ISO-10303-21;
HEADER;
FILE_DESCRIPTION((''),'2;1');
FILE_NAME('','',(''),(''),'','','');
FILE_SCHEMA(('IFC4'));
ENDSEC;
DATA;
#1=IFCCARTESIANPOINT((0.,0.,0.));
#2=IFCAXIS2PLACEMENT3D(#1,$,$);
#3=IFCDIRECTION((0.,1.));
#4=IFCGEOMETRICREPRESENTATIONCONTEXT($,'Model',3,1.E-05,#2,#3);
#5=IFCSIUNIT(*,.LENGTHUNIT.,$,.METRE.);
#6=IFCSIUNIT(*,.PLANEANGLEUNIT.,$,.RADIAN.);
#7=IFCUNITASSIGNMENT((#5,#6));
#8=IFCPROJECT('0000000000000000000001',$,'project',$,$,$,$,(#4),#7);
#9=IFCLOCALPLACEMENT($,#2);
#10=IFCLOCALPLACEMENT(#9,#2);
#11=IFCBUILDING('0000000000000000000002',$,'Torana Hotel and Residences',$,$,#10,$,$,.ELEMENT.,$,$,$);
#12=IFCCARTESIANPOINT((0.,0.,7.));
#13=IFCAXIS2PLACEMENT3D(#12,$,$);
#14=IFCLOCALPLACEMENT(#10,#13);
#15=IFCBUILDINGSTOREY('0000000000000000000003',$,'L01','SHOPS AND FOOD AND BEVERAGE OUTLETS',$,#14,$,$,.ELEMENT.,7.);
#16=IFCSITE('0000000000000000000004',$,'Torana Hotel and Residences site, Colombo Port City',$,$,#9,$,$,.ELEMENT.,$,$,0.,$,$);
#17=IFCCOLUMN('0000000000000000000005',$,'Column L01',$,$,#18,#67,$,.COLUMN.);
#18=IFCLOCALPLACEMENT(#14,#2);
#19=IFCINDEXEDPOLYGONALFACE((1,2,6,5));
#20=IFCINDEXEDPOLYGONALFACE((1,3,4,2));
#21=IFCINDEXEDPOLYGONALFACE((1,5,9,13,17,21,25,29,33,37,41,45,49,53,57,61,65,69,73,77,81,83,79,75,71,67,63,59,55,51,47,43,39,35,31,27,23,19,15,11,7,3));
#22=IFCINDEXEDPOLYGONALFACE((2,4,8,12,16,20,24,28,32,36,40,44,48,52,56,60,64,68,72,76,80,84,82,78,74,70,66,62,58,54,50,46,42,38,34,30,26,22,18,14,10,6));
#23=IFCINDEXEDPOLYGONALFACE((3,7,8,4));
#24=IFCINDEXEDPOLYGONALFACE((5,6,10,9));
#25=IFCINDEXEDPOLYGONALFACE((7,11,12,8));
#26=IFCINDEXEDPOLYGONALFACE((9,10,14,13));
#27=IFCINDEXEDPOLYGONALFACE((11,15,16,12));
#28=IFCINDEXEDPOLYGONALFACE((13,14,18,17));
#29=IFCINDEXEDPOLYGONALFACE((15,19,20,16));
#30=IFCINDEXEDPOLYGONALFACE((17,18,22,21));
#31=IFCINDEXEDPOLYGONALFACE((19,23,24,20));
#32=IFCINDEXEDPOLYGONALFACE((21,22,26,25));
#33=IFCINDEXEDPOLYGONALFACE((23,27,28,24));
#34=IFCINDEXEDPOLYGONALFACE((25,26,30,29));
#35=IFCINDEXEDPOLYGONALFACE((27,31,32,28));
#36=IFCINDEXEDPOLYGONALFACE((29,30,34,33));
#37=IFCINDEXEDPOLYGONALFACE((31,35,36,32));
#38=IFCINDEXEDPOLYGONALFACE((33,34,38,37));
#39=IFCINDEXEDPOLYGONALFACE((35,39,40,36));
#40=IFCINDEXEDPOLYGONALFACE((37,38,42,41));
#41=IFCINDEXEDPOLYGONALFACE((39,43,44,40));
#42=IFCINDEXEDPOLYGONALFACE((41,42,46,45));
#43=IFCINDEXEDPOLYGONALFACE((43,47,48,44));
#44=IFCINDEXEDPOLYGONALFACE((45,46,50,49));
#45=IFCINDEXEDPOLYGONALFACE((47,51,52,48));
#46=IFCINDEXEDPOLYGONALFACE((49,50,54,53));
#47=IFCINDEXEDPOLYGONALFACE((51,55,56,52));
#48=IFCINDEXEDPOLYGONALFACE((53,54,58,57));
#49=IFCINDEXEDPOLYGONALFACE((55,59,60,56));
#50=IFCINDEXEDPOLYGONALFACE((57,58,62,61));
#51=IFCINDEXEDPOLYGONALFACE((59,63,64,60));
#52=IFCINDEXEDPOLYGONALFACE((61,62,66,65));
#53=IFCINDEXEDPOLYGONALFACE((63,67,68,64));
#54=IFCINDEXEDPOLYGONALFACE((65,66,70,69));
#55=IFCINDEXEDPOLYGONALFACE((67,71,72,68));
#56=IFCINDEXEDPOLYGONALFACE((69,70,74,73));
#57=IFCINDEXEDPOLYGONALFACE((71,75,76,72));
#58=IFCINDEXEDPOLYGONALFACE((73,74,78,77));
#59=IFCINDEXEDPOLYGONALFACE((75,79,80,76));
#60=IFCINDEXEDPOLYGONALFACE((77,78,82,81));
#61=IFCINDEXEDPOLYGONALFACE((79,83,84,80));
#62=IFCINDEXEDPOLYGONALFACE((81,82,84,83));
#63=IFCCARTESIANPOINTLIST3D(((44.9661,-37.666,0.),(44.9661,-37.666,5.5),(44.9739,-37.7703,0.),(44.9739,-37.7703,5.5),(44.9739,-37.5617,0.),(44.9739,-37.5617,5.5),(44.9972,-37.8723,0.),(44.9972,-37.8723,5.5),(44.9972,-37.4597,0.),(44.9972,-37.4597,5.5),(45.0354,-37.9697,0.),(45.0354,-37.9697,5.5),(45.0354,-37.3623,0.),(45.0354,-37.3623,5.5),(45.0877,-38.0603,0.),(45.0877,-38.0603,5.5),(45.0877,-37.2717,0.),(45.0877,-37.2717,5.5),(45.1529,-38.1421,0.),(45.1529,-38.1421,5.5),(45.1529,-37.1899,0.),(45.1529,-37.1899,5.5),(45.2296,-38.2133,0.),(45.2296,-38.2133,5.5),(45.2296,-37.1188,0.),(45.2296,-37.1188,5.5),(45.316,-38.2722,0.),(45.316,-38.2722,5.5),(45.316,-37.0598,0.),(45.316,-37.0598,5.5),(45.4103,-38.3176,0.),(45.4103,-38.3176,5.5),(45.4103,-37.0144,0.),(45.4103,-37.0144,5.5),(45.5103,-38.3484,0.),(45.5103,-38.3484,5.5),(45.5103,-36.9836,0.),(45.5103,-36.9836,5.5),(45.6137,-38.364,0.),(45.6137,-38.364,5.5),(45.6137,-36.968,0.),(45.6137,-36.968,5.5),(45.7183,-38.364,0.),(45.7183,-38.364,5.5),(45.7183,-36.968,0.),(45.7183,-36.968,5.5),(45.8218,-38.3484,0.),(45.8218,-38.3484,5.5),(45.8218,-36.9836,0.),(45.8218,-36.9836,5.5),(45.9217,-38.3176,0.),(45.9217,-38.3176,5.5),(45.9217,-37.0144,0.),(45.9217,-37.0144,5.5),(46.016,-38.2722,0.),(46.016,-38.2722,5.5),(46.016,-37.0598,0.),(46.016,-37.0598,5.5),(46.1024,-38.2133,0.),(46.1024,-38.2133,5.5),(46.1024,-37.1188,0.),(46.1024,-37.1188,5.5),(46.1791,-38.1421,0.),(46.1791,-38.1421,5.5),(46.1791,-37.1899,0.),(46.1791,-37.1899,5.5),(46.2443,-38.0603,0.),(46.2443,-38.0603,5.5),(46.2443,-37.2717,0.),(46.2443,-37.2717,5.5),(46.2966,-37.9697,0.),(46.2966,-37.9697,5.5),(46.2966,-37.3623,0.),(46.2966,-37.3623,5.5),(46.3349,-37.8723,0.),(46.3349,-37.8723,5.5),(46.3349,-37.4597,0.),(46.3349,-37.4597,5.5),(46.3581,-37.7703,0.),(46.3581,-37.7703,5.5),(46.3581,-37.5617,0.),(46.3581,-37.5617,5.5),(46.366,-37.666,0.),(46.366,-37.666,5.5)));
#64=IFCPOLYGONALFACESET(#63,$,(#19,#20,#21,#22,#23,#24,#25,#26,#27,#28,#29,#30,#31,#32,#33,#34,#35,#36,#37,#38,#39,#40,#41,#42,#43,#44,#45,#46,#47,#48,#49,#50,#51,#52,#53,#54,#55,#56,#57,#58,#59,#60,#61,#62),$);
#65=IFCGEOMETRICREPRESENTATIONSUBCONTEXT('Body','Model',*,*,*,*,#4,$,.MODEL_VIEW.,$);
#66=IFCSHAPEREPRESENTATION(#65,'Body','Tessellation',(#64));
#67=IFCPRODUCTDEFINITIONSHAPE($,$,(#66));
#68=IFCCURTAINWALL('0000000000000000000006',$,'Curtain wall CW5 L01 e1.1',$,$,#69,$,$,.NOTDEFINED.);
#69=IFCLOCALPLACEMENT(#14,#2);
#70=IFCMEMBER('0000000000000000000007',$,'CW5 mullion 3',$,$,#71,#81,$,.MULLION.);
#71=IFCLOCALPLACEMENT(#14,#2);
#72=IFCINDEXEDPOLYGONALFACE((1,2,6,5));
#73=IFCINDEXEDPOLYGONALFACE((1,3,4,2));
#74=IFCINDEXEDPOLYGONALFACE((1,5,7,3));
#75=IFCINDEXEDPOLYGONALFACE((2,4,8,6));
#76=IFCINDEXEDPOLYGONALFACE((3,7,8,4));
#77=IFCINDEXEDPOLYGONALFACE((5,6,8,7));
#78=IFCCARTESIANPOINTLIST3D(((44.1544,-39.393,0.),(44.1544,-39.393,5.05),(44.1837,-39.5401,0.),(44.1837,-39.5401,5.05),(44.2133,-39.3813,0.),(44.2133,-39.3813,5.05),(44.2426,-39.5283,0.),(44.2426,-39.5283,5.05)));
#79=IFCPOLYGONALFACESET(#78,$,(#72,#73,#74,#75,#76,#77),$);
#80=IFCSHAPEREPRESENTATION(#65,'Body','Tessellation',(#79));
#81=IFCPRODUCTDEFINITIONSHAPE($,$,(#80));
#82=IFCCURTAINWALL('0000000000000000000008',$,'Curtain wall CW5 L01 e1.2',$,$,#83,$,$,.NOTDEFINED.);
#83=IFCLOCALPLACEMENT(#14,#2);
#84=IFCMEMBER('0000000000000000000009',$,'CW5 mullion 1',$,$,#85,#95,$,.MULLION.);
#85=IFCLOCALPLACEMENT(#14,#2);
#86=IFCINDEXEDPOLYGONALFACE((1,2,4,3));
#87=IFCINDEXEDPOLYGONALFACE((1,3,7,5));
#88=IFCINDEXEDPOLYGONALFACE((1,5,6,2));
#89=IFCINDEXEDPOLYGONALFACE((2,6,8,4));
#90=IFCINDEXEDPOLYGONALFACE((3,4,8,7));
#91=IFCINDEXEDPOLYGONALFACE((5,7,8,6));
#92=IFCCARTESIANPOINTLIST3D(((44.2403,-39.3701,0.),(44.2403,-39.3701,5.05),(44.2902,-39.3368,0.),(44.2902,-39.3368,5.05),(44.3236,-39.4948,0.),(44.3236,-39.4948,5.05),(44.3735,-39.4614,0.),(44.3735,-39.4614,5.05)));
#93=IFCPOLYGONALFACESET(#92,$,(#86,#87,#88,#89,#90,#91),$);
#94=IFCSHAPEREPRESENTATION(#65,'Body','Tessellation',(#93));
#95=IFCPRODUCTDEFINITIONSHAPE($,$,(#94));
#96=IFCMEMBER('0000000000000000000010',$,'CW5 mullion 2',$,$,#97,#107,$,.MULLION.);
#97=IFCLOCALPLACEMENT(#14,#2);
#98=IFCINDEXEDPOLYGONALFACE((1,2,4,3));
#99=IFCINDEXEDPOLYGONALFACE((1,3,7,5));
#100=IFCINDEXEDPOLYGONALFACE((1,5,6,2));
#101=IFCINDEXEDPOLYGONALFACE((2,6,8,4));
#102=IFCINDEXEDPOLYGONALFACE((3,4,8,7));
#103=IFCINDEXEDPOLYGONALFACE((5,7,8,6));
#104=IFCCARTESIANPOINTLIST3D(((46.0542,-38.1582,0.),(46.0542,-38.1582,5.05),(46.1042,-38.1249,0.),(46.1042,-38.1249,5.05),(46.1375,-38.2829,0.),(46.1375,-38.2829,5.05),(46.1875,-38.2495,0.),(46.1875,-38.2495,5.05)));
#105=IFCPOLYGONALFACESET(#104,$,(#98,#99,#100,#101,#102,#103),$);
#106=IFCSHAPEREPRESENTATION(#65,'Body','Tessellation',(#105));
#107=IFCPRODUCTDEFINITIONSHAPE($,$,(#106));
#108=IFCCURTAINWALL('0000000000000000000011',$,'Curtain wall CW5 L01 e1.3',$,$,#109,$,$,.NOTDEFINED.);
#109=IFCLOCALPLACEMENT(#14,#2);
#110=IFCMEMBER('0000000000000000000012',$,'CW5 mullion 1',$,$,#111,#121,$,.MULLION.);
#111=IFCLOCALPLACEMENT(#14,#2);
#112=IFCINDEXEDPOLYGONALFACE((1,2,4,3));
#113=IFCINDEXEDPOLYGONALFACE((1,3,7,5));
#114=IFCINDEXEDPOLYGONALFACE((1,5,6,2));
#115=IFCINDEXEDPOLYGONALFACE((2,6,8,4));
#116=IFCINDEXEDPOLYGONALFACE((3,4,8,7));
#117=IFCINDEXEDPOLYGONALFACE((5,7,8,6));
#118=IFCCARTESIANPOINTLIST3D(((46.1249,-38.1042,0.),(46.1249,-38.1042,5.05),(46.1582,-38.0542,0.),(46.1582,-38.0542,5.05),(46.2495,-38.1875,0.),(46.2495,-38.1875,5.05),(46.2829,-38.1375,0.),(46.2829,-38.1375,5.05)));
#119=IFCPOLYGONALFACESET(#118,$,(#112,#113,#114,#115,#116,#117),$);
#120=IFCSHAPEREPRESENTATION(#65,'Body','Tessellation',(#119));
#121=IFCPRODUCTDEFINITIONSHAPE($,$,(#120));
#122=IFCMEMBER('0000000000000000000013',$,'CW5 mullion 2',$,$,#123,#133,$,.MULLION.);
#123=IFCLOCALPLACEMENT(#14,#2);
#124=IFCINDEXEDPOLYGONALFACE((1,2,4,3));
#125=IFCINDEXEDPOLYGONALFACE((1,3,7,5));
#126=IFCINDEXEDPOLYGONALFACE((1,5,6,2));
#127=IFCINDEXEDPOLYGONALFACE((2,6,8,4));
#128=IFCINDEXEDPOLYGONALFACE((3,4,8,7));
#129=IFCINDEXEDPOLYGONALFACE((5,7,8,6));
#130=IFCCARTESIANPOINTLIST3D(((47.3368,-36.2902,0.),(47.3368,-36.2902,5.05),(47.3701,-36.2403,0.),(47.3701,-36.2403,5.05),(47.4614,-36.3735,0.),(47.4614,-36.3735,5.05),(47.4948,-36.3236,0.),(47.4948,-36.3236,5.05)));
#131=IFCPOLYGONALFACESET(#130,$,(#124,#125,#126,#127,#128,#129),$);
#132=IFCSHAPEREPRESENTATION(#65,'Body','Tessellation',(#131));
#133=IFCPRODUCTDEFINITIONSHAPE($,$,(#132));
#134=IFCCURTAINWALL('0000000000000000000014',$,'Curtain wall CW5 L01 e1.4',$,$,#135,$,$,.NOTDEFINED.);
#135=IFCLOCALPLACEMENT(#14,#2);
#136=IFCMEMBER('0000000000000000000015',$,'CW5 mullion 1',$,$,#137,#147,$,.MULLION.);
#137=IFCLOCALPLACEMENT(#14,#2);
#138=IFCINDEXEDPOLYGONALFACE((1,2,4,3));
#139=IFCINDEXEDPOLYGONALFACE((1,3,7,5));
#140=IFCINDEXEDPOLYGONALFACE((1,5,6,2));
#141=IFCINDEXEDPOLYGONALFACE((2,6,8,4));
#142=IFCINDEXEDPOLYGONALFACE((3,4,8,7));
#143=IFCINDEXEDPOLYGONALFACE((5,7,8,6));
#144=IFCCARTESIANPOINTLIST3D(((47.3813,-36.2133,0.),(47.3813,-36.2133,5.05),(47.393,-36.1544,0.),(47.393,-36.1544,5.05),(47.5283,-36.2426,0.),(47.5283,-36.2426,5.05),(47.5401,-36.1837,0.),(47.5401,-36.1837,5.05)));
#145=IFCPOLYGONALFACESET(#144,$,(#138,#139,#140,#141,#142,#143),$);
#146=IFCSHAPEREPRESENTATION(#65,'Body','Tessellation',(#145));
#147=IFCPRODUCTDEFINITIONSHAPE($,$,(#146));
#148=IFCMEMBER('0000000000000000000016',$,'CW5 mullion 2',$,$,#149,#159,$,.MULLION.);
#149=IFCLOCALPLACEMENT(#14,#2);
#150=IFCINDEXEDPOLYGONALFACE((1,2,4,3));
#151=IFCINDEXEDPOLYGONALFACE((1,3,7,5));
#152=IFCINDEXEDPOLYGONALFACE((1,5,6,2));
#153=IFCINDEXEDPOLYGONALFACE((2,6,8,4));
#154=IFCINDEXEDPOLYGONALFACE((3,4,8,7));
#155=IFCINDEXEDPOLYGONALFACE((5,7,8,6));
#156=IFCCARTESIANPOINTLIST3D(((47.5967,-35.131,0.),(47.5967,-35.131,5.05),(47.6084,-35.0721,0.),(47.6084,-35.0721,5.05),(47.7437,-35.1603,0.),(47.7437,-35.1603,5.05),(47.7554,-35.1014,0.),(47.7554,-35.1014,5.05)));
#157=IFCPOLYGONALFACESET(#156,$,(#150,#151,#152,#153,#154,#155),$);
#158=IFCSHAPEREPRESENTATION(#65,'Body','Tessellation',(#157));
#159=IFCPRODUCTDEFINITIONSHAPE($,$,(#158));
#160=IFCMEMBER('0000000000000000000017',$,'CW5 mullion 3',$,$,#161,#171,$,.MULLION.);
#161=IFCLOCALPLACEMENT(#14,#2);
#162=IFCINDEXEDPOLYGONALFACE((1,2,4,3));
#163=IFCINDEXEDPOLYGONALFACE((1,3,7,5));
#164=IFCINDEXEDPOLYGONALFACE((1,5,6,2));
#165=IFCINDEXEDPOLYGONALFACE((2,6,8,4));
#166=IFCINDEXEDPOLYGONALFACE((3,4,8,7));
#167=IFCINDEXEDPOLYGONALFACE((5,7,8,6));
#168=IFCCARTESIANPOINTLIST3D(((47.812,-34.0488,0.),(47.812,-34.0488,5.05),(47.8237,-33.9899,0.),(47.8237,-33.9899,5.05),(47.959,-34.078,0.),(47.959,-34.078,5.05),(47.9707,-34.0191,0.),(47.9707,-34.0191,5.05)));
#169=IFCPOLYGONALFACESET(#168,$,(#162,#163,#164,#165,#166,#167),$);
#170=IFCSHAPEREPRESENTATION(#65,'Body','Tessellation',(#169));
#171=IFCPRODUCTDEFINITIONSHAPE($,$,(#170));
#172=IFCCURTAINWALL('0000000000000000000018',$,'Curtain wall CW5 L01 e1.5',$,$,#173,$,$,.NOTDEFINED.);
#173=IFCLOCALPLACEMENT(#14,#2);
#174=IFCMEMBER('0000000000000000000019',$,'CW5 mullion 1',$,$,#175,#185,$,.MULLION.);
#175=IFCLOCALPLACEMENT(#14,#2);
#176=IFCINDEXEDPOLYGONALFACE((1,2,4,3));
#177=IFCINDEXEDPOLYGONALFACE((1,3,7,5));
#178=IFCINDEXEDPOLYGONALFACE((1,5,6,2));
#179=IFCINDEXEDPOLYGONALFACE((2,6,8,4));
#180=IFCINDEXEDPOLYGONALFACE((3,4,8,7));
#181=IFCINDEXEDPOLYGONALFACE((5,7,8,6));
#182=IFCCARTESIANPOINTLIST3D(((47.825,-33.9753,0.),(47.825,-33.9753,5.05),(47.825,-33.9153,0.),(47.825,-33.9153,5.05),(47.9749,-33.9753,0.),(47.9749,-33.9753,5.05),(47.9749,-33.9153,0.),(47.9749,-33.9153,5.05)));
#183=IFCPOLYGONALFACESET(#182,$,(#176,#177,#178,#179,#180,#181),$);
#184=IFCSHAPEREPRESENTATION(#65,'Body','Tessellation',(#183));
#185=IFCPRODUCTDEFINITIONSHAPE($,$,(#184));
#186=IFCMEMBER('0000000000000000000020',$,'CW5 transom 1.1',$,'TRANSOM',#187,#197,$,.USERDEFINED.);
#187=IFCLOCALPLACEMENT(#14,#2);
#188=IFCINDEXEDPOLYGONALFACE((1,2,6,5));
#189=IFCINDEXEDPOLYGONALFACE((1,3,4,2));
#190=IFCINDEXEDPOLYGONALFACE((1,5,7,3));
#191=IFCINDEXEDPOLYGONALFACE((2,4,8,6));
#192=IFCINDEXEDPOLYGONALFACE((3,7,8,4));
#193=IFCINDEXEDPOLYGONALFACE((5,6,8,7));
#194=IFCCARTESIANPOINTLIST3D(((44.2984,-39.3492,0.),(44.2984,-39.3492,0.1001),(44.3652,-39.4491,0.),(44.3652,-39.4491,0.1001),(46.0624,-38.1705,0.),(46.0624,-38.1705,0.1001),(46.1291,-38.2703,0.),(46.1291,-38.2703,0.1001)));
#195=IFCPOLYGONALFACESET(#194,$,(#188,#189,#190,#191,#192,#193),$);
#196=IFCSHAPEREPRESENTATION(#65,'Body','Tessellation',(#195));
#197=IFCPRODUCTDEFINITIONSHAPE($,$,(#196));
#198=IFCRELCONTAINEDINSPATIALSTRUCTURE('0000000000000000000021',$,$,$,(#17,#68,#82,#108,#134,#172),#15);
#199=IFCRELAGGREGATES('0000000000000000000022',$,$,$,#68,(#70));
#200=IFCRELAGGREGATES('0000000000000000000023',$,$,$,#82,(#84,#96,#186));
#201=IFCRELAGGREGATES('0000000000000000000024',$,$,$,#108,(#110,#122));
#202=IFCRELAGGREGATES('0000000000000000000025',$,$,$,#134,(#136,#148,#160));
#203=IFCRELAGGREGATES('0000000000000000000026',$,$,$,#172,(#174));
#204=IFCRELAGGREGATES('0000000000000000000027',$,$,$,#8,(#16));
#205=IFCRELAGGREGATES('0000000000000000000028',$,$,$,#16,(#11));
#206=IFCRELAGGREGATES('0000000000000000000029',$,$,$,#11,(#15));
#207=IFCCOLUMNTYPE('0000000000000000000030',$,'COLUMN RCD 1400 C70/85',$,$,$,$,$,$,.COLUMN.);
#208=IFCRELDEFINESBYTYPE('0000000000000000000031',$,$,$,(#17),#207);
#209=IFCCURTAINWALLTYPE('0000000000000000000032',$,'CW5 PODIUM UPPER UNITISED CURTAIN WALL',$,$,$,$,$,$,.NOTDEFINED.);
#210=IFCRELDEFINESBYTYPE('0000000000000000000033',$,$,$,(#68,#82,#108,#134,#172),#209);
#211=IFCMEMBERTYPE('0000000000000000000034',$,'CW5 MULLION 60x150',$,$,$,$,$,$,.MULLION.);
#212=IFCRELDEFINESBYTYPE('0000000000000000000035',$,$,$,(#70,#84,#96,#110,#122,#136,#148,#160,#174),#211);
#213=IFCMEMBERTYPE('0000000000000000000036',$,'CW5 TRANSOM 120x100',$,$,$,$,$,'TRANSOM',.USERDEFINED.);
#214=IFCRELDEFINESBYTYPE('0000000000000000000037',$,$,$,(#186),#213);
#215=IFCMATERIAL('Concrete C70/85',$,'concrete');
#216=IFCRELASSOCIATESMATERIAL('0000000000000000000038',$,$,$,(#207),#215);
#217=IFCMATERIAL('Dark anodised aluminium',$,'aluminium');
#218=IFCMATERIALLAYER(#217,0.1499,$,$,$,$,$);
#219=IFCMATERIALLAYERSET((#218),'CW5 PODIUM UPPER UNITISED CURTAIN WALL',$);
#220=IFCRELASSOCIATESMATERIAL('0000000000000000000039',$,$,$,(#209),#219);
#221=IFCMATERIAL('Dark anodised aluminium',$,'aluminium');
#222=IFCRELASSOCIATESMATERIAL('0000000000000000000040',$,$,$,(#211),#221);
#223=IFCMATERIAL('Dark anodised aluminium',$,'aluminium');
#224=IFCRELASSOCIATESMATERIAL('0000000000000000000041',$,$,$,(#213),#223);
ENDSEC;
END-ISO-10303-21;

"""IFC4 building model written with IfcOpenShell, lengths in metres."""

from ifc_helpers import new_model, si_unit, direction, frame, origin, origin_2d, place, context, subcontext, project, spatial, rectangle, circle, extrude, material, layer, layer_set, material_profile, profile_set, type_object, element, aggregate, save


model = new_model("IFC4")

# Units and contexts
model_context = context("Model", 3, precision=1e-05, world=origin(), true_north=direction((0.0, 1.0)))
body_context = subcontext(model_context, "Body", "Model", "MODEL_VIEW")
ifc_project = project(units=[si_unit("LENGTHUNIT", "METRE"), si_unit("PLANEANGLEUNIT", "RADIAN")], contexts=[model_context])

# Site, building, storey
site_placement = place(None, origin())
site = spatial("IfcSite", under=ifc_project, at=site_placement, Name="Torana Hotel and Residences site, Colombo Port City", CompositionType="ELEMENT", RefElevation=0.0)
building_placement = place(site_placement, origin())
building = spatial("IfcBuilding", under=site, at=building_placement, Name="Torana Hotel and Residences", CompositionType="ELEMENT")
storey_placement = place(building_placement, frame((0.0, 0.0, 7.0)))
storey = spatial("IfcBuildingStorey", under=building, at=storey_placement, Name="L01", Description="SHOPS AND FOOD AND BEVERAGE OUTLETS", CompositionType="ELEMENT", Elevation=7.0)

# Column
ifc_material_1 = material(Name="Concrete C70/85", Category="concrete")
ifc_material_profile_1 = material_profile(ifc_material_1, circle(Radius=0.7, at=origin_2d()), Name="RCD 1400")
ifc_profile_set_1 = profile_set([ifc_material_profile_1], Name="Concrete C70/85")
column_type = type_object("IfcColumnType", Name="COLUMN RCD 1400 C70/85", PredefinedType="COLUMN", material=ifc_profile_set_1)
column_placement = place(storey_placement, frame((45.666, -37.666, 0.0), z_axis=(0.0, 0.0, 1.0), x_axis=(1.0, 0.0, 0.0)))
element("IfcColumn", 1, at=column_placement, inside=storey, type_object=column_type, Name="Column L01", PredefinedType="COLUMN", context=body_context, shape_type="SweptSolid", body=[
    extrude(circle(Radius=0.7, at=origin_2d()), origin(), (0.0, 0.0, 1.0), 5.5),
])

# Curtain wall, member
ifc_material_2 = material(Name="Dark anodised aluminium", Category="aluminium")
ifc_layer_1 = layer(ifc_material_2, 0.1499)
ifc_layer_set_1 = layer_set([ifc_layer_1], Name="CW5 PODIUM UPPER UNITISED CURTAIN WALL")
curtain_wall_type = type_object("IfcCurtainWallType", Name="CW5 PODIUM UPPER UNITISED CURTAIN WALL", PredefinedType="NOTDEFINED", material=ifc_layer_set_1)
curtain_wall_1_placement = place(storey_placement, origin())
curtain_wall_1 = element("IfcCurtainWall", 2, at=curtain_wall_1_placement, inside=storey, type_object=curtain_wall_type, Name="Curtain wall CW5 L01 e1.1", PredefinedType="NOTDEFINED")
ifc_material_3 = material(Name="Dark anodised aluminium", Category="aluminium")
ifc_material_profile_2 = material_profile(ifc_material_3, rectangle(XDim=0.1499, YDim=0.0601, at=origin_2d()), Name="CW5 MULLION 60x150")
ifc_profile_set_2 = profile_set([ifc_material_profile_2], Name="Dark anodised aluminium")
member_type_1 = type_object("IfcMemberType", Name="CW5 MULLION 60x150", PredefinedType="MULLION", material=ifc_profile_set_2)
member_1_placement = place(storey_placement, frame((44.1985, -39.4607, 0.0), z_axis=(0.0, 0.0, 1.0), x_axis=(-0.195081, 0.980787, 0.0)))
member_1 = element("IfcMember", 3, at=member_1_placement, type_object=member_type_1, Name="CW5 mullion 3", PredefinedType="MULLION", context=body_context, shape_type="SweptSolid", body=[
    extrude(rectangle(XDim=0.1499, YDim=0.0601, at=origin_2d()), origin(), (0.0, 0.0, 1.0), 5.05),
])

# Curtain walls, members
curtain_wall_2_placement = place(storey_placement, origin())
curtain_wall_2 = element("IfcCurtainWall", 4, at=curtain_wall_2_placement, inside=storey, type_object=curtain_wall_type, Name="Curtain wall CW5 L01 e1.2", PredefinedType="NOTDEFINED")
member_2_placement = place(storey_placement, frame((44.3069, -39.4158, 0.0), z_axis=(0.0, 0.0, 1.0), x_axis=(-0.555585, 0.83146, 0.0)))
member_2 = element("IfcMember", 5, at=member_2_placement, type_object=member_type_1, Name="CW5 mullion 1", PredefinedType="MULLION", context=body_context, shape_type="SweptSolid", body=[
    extrude(rectangle(XDim=0.1499, YDim=0.0601, at=origin_2d()), origin(), (0.0, 0.0, 1.0), 5.05),
])
member_3_placement = place(storey_placement, frame((46.1208, -38.2039, 0.0), z_axis=(0.0, 0.0, 1.0), x_axis=(-0.555585, 0.83146, 0.0)))
member_3 = element("IfcMember", 6, at=member_3_placement, type_object=member_type_1, Name="CW5 mullion 2", PredefinedType="MULLION", context=body_context, shape_type="SweptSolid", body=[
    extrude(rectangle(XDim=0.1499, YDim=0.0601, at=origin_2d()), origin(), (0.0, 0.0, 1.0), 5.05),
])
curtain_wall_3_placement = place(storey_placement, origin())
curtain_wall_3 = element("IfcCurtainWall", 7, at=curtain_wall_3_placement, inside=storey, type_object=curtain_wall_type, Name="Curtain wall CW5 L01 e1.3", PredefinedType="NOTDEFINED")
member_4_placement = place(storey_placement, frame((46.2039, -38.1208, 0.0), z_axis=(0.0, 0.0, 1.0), x_axis=(-0.83146, 0.555585, 0.0)))
member_4 = element("IfcMember", 8, at=member_4_placement, type_object=member_type_1, Name="CW5 mullion 1", PredefinedType="MULLION", context=body_context, shape_type="SweptSolid", body=[
    extrude(rectangle(XDim=0.1499, YDim=0.0601, at=origin_2d()), origin(), (0.0, 0.0, 1.0), 5.05),
])
member_5_placement = place(storey_placement, frame((47.4158, -36.3069, 0.0), z_axis=(0.0, 0.0, 1.0), x_axis=(-0.83146, 0.555585, 0.0)))
member_5 = element("IfcMember", 9, at=member_5_placement, type_object=member_type_1, Name="CW5 mullion 2", PredefinedType="MULLION", context=body_context, shape_type="SweptSolid", body=[
    extrude(rectangle(XDim=0.1499, YDim=0.0601, at=origin_2d()), origin(), (0.0, 0.0, 1.0), 5.05),
])
curtain_wall_4_placement = place(storey_placement, origin())
curtain_wall_4 = element("IfcCurtainWall", 10, at=curtain_wall_4_placement, inside=storey, type_object=curtain_wall_type, Name="Curtain wall CW5 L01 e1.4", PredefinedType="NOTDEFINED")
member_6_placement = place(storey_placement, frame((47.4607, -36.1985, 0.0), z_axis=(0.0, 0.0, 1.0), x_axis=(-0.980787, 0.195081, 0.0)))
member_6 = element("IfcMember", 11, at=member_6_placement, type_object=member_type_1, Name="CW5 mullion 1", PredefinedType="MULLION", context=body_context, shape_type="SweptSolid", body=[
    extrude(rectangle(XDim=0.1499, YDim=0.0601, at=origin_2d()), origin(), (0.0, 0.0, 1.0), 5.05),
])
member_7_placement = place(storey_placement, frame((47.676, -35.1162, 0.0), z_axis=(0.0, 0.0, 1.0), x_axis=(-0.980787, 0.195081, 0.0)))
member_7 = element("IfcMember", 12, at=member_7_placement, type_object=member_type_1, Name="CW5 mullion 2", PredefinedType="MULLION", context=body_context, shape_type="SweptSolid", body=[
    extrude(rectangle(XDim=0.1499, YDim=0.0601, at=origin_2d()), origin(), (0.0, 0.0, 1.0), 5.05),
])
member_8_placement = place(storey_placement, frame((47.8914, -34.0339, 0.0), z_axis=(0.0, 0.0, 1.0), x_axis=(-0.980787, 0.195081, 0.0)))
member_8 = element("IfcMember", 13, at=member_8_placement, type_object=member_type_1, Name="CW5 mullion 3", PredefinedType="MULLION", context=body_context, shape_type="SweptSolid", body=[
    extrude(rectangle(XDim=0.1499, YDim=0.0601, at=origin_2d()), origin(), (0.0, 0.0, 1.0), 5.05),
])

# Curtain wall, member
curtain_wall_5_placement = place(storey_placement, origin())
curtain_wall_5 = element("IfcCurtainWall", 14, at=curtain_wall_5_placement, inside=storey, type_object=curtain_wall_type, Name="Curtain wall CW5 L01 e1.5", PredefinedType="NOTDEFINED")
member_9_placement = place(storey_placement, frame((47.8999, -33.9453, 0.0), z_axis=(0.0, 0.0, 1.0), x_axis=(-1.0, 0.0, 0.0)))
member_9 = element("IfcMember", 15, at=member_9_placement, type_object=member_type_1, Name="CW5 mullion 1", PredefinedType="MULLION", context=body_context, shape_type="SweptSolid", body=[
    extrude(rectangle(XDim=0.1499, YDim=0.0601, at=origin_2d()), origin(), (0.0, 0.0, 1.0), 5.05),
])

# Member
ifc_material_4 = material(Name="Dark anodised aluminium", Category="aluminium")
ifc_material_profile_3 = material_profile(ifc_material_4, rectangle(XDim=0.1201, YDim=0.1001, at=origin_2d()), Name="CW5 TRANSOM 120x100")
ifc_profile_set_3 = profile_set([ifc_material_profile_3], Name="Dark anodised aluminium")
member_type_2 = type_object("IfcMemberType", Name="CW5 TRANSOM 120x100", ElementType="TRANSOM", PredefinedType="USERDEFINED", material=ifc_profile_set_3)
member_10_placement = place(storey_placement, frame((44.3318, -39.3992, 0.05), z_axis=(0.831448, 0.555603, 0.0), x_axis=(-0.555603, 0.831448, 0.0)))
member_10 = element("IfcMember", 16, at=member_10_placement, type_object=member_type_2, Name="CW5 transom 1.1", ObjectType="TRANSOM", PredefinedType="USERDEFINED", context=body_context, shape_type="SweptSolid", body=[
    extrude(rectangle(XDim=0.1201, YDim=0.1001, at=origin_2d()), origin(), (0.0, 0.0, 1.0), 2.1216),
])

aggregate(curtain_wall_1, [member_1])
aggregate(curtain_wall_2, [member_2, member_3, member_10])
aggregate(curtain_wall_3, [member_4, member_5])
aggregate(curtain_wall_4, [member_6, member_7, member_8])
aggregate(curtain_wall_5, [member_9])

save(model, "model.ifc")
